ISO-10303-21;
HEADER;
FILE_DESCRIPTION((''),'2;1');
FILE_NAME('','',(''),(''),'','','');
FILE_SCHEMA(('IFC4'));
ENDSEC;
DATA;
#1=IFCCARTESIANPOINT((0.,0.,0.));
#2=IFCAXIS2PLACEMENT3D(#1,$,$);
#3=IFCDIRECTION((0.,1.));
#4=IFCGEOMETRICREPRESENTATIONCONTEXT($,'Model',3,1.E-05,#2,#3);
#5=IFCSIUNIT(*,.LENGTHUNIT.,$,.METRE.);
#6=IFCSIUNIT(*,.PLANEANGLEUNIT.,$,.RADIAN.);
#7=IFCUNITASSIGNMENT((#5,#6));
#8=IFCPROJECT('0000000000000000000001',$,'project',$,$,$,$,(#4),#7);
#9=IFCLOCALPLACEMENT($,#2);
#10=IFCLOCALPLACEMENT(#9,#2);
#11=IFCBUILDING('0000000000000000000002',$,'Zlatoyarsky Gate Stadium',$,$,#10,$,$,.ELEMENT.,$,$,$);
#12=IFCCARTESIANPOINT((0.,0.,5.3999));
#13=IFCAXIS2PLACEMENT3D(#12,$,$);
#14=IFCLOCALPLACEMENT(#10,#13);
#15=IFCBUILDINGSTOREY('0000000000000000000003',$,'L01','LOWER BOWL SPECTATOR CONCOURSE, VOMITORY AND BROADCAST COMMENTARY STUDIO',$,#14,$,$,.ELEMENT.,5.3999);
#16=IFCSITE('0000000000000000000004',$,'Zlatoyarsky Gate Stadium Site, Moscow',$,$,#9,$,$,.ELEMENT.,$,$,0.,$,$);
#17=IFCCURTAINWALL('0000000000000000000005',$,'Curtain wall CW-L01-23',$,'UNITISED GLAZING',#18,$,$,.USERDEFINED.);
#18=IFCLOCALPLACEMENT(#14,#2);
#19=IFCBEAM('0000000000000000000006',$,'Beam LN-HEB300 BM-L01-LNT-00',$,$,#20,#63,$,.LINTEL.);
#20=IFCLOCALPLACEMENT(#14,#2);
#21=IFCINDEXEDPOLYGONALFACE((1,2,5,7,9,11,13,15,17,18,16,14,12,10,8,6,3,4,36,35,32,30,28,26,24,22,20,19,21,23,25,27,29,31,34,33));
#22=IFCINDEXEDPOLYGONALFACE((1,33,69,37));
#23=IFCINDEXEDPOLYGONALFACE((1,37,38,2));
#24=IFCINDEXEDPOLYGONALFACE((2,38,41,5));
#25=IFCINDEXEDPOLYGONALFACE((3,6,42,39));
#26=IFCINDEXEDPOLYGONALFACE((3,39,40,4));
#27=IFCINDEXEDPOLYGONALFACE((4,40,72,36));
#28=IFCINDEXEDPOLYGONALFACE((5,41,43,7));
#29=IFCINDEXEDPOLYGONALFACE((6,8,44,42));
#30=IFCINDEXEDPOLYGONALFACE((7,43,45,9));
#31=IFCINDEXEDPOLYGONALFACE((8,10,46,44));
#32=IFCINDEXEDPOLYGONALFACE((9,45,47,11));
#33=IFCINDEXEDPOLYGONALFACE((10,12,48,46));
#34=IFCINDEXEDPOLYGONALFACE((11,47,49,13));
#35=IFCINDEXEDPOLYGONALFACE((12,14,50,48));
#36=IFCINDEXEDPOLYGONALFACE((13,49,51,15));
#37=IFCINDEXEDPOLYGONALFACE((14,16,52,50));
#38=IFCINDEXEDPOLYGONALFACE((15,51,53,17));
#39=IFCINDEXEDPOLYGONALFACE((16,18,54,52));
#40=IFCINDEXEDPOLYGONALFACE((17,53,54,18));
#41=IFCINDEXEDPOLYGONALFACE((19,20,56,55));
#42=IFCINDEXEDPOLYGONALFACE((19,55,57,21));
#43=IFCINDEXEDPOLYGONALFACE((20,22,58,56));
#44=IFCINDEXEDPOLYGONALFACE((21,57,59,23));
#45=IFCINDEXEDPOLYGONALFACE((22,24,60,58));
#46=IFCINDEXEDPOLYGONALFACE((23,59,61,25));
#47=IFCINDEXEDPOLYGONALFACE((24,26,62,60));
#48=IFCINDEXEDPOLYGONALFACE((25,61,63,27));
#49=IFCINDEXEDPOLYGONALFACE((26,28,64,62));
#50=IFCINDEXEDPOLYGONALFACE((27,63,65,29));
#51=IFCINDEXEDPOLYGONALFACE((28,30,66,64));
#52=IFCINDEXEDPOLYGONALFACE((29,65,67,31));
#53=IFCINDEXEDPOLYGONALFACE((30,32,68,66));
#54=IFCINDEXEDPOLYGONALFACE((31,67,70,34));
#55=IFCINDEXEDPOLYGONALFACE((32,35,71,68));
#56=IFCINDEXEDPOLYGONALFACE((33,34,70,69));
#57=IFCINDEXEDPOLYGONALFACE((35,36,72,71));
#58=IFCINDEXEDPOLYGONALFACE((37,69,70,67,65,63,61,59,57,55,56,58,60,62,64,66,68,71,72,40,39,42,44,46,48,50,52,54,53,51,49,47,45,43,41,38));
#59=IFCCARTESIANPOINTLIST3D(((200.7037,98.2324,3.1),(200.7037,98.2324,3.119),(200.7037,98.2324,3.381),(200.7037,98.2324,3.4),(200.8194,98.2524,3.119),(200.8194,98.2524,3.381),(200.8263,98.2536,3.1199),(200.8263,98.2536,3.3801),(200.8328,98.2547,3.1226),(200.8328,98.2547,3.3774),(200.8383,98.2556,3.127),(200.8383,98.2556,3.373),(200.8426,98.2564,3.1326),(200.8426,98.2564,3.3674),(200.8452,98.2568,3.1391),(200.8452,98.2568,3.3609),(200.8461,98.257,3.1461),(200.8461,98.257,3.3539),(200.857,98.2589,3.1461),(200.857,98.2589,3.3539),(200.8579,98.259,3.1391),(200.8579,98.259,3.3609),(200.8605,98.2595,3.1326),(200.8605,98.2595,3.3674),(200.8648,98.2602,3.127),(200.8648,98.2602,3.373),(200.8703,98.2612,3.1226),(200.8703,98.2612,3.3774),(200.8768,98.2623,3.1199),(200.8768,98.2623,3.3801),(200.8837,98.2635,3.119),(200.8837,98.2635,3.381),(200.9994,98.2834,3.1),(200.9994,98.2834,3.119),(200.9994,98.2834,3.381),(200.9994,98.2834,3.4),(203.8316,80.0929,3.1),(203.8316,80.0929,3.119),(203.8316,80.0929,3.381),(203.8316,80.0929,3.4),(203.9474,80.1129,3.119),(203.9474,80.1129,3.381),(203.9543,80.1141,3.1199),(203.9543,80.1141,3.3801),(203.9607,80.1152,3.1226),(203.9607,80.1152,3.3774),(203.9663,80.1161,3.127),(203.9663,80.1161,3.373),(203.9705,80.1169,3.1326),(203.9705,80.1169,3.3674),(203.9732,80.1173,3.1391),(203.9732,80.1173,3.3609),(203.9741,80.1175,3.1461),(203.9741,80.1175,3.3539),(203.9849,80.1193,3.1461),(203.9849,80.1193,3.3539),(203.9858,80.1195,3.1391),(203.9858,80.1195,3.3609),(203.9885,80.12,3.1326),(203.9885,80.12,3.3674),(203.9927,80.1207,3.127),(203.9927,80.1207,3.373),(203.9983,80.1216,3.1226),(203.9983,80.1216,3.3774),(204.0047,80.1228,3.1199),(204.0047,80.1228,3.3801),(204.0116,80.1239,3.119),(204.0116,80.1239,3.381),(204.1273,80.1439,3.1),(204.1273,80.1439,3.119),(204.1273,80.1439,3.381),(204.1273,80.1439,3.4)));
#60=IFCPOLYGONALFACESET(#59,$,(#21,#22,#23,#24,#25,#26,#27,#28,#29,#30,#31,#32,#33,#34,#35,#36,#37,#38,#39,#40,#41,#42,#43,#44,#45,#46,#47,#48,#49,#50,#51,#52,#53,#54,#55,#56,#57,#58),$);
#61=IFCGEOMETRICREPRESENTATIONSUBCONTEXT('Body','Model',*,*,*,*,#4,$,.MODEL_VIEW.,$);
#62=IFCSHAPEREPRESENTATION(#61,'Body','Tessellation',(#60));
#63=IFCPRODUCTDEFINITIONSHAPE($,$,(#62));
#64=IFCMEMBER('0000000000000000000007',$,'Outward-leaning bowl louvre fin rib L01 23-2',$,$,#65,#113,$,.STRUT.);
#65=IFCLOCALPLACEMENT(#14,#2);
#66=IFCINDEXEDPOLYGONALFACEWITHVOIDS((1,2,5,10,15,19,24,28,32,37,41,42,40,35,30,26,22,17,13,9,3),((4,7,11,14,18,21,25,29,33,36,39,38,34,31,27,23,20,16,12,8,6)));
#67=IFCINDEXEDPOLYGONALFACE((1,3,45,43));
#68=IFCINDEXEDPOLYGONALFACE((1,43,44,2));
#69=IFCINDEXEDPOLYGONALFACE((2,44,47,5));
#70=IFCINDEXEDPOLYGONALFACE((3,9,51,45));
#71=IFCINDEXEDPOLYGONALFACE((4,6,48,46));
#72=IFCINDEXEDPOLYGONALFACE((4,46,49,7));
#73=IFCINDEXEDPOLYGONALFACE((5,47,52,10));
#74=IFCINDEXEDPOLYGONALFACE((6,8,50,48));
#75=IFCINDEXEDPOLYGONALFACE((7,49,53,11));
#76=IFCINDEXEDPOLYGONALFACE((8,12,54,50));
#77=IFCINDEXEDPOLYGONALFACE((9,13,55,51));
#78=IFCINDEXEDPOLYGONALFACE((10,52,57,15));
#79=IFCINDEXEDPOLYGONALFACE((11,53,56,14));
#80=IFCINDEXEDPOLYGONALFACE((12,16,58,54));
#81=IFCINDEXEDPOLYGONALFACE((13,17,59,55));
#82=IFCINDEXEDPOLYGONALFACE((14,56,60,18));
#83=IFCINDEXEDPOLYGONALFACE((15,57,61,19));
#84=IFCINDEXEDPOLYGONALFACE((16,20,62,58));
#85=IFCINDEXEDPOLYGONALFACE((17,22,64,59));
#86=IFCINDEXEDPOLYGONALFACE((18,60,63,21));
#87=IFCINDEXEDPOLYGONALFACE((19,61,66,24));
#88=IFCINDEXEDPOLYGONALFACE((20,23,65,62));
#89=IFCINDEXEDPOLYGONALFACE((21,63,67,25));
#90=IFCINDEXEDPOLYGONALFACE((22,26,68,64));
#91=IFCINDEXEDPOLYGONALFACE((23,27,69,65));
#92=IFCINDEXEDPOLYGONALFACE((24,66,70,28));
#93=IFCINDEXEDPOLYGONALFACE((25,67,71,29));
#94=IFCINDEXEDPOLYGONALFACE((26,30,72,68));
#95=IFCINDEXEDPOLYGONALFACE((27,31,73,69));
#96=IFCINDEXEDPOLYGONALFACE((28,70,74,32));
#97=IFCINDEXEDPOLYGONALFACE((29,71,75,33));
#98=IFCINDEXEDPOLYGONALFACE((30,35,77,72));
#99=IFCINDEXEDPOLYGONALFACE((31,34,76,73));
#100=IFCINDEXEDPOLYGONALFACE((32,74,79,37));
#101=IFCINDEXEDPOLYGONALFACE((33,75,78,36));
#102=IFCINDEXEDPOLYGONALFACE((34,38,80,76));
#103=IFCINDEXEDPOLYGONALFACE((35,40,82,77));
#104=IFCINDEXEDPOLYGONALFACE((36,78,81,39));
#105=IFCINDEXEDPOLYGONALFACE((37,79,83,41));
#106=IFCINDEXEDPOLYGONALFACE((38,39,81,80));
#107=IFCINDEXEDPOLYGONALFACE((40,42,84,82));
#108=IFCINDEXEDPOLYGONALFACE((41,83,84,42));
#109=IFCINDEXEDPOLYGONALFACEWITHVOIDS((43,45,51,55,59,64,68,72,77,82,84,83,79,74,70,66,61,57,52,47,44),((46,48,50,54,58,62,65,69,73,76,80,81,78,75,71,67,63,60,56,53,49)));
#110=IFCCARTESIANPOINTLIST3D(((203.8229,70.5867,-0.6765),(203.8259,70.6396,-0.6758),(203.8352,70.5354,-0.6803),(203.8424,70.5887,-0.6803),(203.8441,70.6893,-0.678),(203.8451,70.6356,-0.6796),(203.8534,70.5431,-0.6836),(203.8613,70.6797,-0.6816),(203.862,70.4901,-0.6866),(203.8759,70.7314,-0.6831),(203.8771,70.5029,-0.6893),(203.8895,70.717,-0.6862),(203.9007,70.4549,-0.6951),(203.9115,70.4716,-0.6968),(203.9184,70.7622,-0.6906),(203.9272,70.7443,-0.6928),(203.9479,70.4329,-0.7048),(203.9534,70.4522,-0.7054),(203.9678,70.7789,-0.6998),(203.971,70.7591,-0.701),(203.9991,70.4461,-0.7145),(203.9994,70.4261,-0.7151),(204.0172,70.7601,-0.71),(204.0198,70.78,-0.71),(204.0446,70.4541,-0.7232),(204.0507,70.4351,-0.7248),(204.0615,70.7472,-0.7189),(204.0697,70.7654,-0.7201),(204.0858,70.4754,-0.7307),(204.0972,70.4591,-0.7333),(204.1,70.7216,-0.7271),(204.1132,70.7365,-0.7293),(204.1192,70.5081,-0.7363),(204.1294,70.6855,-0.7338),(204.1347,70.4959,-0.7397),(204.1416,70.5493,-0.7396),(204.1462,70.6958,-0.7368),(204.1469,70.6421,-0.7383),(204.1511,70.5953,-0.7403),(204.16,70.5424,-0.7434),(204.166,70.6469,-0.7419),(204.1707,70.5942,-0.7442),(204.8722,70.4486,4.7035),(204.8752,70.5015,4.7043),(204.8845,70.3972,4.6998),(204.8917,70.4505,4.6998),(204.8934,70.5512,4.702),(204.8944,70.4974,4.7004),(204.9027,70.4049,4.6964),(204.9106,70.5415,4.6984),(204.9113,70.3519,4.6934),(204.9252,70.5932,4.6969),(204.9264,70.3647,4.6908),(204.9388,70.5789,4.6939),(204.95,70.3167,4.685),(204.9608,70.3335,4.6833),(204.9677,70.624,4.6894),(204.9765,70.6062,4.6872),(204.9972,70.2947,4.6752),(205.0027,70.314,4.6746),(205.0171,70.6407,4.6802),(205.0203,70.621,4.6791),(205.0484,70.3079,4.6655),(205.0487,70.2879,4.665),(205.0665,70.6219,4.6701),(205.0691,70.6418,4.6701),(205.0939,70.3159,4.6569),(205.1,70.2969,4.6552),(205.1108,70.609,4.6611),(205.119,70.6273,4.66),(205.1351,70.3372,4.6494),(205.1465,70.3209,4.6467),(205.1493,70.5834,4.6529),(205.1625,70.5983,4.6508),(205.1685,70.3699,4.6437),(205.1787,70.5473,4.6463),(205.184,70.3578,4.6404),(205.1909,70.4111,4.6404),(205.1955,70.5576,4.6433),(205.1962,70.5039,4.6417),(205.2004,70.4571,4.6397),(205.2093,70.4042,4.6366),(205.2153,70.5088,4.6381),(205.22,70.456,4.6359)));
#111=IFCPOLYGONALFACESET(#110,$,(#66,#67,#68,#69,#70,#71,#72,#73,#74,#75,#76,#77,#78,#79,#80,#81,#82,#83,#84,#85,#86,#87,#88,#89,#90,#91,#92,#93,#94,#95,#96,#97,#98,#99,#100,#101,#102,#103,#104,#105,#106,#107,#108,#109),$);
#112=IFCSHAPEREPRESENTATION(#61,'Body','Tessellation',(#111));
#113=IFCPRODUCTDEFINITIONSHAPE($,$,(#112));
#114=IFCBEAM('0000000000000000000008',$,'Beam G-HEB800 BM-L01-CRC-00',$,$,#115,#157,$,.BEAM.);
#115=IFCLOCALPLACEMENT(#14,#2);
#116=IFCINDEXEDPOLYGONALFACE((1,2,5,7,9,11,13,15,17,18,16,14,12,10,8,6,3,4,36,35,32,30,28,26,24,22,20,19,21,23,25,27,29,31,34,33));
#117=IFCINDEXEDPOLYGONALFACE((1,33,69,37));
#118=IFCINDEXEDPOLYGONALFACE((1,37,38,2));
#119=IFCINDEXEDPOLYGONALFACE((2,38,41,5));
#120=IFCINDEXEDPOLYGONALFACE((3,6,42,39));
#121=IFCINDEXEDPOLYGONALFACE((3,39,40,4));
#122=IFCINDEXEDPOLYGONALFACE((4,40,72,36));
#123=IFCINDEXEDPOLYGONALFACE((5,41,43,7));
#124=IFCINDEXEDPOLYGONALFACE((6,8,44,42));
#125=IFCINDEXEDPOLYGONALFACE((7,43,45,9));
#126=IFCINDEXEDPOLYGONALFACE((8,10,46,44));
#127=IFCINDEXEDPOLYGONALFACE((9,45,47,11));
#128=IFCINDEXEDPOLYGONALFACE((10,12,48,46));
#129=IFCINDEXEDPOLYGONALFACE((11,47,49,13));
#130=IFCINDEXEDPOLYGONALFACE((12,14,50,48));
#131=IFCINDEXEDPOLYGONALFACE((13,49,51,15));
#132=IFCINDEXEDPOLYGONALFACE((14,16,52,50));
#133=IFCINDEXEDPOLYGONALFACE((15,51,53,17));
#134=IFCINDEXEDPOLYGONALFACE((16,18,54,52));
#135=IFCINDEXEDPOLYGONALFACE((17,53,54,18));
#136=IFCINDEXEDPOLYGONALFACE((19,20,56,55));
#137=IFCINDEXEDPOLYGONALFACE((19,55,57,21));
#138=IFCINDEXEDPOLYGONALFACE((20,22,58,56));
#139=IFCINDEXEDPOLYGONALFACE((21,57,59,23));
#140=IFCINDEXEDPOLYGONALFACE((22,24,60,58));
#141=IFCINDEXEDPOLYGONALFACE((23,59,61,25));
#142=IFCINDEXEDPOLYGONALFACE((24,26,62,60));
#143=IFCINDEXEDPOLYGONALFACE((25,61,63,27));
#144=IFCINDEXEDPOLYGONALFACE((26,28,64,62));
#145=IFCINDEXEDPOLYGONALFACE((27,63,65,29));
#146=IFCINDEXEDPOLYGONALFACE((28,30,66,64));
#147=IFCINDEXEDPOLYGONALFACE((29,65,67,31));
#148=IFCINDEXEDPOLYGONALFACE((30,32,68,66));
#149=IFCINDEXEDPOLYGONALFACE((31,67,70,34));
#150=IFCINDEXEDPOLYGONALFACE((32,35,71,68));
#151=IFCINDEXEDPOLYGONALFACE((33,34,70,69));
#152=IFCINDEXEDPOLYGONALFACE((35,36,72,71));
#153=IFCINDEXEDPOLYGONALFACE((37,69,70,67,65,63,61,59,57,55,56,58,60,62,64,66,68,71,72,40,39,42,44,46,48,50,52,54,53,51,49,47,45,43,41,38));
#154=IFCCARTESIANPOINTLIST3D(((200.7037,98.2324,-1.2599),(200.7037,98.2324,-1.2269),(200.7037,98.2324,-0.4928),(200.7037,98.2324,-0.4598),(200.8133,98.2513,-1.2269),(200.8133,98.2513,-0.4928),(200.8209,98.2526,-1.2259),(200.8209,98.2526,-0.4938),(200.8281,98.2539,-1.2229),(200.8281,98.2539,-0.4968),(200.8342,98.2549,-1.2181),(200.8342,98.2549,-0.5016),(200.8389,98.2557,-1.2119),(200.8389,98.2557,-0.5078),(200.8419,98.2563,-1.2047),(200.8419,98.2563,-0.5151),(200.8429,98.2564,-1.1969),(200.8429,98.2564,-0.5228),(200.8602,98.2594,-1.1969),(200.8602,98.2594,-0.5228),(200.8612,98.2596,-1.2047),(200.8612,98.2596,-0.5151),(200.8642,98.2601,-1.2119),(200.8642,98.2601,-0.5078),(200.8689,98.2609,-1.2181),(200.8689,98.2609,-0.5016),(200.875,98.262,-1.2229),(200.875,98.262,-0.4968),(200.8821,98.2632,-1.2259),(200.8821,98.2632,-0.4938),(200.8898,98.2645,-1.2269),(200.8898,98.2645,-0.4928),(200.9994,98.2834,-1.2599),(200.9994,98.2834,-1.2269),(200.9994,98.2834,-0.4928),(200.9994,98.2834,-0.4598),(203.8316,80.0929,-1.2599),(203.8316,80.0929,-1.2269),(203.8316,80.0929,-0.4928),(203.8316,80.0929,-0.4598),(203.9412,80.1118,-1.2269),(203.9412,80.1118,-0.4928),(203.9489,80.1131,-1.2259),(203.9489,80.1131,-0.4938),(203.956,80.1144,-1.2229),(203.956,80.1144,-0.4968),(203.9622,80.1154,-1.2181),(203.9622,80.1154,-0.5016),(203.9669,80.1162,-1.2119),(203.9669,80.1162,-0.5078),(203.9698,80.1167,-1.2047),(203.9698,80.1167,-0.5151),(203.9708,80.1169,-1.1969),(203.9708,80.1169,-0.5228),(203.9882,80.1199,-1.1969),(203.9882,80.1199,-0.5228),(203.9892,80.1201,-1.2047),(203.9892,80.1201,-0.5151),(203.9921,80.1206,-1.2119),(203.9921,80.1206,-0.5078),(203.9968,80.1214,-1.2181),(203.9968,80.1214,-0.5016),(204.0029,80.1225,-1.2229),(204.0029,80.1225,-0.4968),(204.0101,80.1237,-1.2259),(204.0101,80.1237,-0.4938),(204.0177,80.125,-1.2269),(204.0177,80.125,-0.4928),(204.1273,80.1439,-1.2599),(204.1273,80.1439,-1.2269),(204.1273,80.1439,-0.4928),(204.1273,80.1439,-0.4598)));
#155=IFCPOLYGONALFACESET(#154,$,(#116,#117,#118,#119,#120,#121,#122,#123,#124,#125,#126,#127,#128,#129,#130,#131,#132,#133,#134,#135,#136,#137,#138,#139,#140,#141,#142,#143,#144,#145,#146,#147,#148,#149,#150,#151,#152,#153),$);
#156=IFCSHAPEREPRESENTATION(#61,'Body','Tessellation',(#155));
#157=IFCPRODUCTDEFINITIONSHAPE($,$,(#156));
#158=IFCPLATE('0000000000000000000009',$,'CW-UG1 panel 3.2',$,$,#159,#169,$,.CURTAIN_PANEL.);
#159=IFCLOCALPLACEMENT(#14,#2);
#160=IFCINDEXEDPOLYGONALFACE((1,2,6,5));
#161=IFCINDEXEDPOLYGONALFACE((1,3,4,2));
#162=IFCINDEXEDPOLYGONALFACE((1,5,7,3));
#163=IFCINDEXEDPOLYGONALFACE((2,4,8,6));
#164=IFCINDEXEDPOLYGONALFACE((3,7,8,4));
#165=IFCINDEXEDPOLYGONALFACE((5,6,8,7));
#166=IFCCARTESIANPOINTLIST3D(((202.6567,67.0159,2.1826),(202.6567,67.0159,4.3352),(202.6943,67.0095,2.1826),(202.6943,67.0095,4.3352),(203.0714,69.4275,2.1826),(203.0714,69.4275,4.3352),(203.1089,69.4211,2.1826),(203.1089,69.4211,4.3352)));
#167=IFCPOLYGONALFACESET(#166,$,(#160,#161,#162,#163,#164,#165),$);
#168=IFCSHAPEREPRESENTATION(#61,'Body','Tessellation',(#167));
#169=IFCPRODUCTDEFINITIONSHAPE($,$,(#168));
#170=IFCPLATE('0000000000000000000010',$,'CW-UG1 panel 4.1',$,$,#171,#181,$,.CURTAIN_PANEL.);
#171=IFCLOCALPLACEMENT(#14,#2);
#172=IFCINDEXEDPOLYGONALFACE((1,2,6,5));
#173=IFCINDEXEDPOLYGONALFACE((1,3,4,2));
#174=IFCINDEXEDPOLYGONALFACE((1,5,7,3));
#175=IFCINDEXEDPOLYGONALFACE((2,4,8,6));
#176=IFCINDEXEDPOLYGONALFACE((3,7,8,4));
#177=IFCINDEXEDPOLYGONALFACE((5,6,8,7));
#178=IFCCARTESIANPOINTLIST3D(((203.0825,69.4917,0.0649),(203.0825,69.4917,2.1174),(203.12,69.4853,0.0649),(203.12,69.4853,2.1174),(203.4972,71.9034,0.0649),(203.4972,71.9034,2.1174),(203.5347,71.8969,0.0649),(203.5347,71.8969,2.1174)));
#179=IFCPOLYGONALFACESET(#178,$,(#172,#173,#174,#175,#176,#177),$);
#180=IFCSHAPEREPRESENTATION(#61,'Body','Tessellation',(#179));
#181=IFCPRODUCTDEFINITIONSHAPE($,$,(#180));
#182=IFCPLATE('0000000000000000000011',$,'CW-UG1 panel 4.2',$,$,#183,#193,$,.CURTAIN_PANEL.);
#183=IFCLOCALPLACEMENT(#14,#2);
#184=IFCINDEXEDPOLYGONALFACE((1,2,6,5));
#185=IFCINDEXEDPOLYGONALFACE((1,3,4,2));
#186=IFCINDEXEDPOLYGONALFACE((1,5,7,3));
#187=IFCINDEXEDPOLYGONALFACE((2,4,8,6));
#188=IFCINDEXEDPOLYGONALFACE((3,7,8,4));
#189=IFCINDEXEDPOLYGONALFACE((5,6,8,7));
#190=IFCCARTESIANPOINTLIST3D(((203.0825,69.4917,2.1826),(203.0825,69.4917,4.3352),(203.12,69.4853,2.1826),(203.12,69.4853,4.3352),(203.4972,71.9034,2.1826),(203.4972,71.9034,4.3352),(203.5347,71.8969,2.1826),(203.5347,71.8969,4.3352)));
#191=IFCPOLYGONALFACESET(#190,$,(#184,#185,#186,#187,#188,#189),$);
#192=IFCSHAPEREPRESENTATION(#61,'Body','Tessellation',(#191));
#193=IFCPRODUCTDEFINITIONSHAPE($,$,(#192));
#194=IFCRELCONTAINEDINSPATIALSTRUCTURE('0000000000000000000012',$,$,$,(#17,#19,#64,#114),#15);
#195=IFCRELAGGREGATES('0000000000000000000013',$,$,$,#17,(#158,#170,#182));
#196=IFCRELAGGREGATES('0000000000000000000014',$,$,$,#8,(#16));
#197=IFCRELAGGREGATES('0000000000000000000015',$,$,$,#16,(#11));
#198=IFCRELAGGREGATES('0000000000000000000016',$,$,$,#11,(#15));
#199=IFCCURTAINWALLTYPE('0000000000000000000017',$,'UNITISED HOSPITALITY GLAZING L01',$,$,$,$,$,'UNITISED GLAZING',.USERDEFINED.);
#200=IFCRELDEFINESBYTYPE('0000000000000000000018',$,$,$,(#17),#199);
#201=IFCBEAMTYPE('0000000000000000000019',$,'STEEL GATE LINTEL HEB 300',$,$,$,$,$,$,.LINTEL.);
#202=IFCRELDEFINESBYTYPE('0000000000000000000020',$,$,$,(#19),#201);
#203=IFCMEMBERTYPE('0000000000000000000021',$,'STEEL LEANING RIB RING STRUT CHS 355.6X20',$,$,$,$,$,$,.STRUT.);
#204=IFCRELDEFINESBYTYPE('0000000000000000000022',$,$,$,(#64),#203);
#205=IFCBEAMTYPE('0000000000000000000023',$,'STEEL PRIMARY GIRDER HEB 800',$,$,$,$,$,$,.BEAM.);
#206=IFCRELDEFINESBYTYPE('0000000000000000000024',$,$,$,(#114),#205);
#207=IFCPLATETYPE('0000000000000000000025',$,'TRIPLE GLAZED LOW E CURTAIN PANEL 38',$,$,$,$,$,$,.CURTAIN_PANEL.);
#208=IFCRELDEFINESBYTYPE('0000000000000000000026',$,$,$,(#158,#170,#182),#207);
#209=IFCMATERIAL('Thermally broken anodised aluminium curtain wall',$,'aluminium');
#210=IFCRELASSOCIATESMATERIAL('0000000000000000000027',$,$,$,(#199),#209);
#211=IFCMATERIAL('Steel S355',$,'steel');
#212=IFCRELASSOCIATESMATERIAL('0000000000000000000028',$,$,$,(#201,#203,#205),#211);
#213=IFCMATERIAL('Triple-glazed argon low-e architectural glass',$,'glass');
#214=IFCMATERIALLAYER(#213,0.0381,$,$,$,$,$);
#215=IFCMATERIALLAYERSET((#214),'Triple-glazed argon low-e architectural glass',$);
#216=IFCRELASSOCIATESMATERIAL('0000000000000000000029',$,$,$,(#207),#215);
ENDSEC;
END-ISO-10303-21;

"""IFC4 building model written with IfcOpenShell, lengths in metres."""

from ifc_helpers import new_model, si_unit, direction, frame, origin, origin_2d, place, context, subcontext, project, spatial, rectangle, hollow_circle, i_section, extrude, material, layer, layer_set, material_profile, profile_set, type_object, element, aggregate, save


model = new_model("IFC4")

# Units and contexts
model_context = context("Model", 3, precision=1e-05, world=origin(), true_north=direction((0.0, 1.0)))
body_context = subcontext(model_context, "Body", "Model", "MODEL_VIEW")
ifc_project = project(units=[si_unit("LENGTHUNIT", "METRE"), si_unit("PLANEANGLEUNIT", "RADIAN")], contexts=[model_context])

# Site, building, storey
site_placement = place(None, origin())
site = spatial("IfcSite", under=ifc_project, at=site_placement, Name="Zlatoyarsky Gate Stadium Site, Moscow", CompositionType="ELEMENT", RefElevation=0.0)
building_placement = place(site_placement, origin())
building = spatial("IfcBuilding", under=site, at=building_placement, Name="Zlatoyarsky Gate Stadium", CompositionType="ELEMENT")
storey_placement = place(building_placement, frame((0.0, 0.0, 5.3999)))
storey = spatial("IfcBuildingStorey", under=building, at=storey_placement, Name="L01", Description="LOWER BOWL SPECTATOR CONCOURSE, VOMITORY AND BROADCAST COMMENTARY STUDIO", CompositionType="ELEMENT", Elevation=5.3999)

# Curtain wall
ifc_material_1 = material(Name="Thermally broken anodised aluminium curtain wall", Category="aluminium")
curtain_wall_type = type_object("IfcCurtainWallType", Name="UNITISED HOSPITALITY GLAZING L01", ElementType="UNITISED GLAZING", PredefinedType="USERDEFINED", material=ifc_material_1)
curtain_wall_placement = place(storey_placement, origin())
curtain_wall = element("IfcCurtainWall", 1, at=curtain_wall_placement, inside=storey, type_object=curtain_wall_type, Name="Curtain wall CW-L01-23", ObjectType="UNITISED GLAZING", PredefinedType="USERDEFINED")

# Beam
ifc_material_2 = material(Name="Steel S355", Category="steel")
ifc_material_profile_1 = material_profile(ifc_material_2, i_section(OverallWidth=0.3, OverallDepth=0.3, WebThickness=0.011, FlangeThickness=0.019, FilletRadius=0.0271, at=origin_2d()), Name="HEB 300")
ifc_profile_set_1 = profile_set([ifc_material_profile_1], Name="Steel S355")
beam_type_1 = type_object("IfcBeamType", Name="STEEL GATE LINTEL HEB 300", PredefinedType="LINTEL", material=ifc_profile_set_1)
beam_1_placement = place(storey_placement, frame((203.9795, 80.1184, 3.25), z_axis=(-0.16993, 0.985456, 0.0), x_axis=(-0.985456, -0.16993, 0.0)))
element("IfcBeam", 2, at=beam_1_placement, inside=storey, type_object=beam_type_1, Name="Beam LN-HEB300 BM-L01-LNT-00", PredefinedType="LINTEL", context=body_context, shape_type="SweptSolid", body=[
    extrude(i_section(OverallWidth=0.3, OverallDepth=0.3, WebThickness=0.011, FlangeThickness=0.019, FilletRadius=0.0271, at=origin_2d()), origin(), (0.0, 0.0, 1.0), 18.4072),
])

# Member
ifc_material_profile_2 = material_profile(ifc_material_2, hollow_circle(Radius=0.1777, WallThickness=0.02, at=origin_2d()), Name="CHS 355.6X20")
ifc_profile_set_2 = profile_set([ifc_material_profile_2], Name="Steel S355")
member_type_1 = type_object("IfcMemberType", Name="STEEL LEANING RIB RING STRUT CHS 355.6X20", PredefinedType="STRUT", material=ifc_profile_set_2)
member_1_placement = place(storey_placement, frame((203.9966, 70.6038, -0.71), z_axis=(0.191368, -0.025201, 0.981195), x_axis=(0.130562, 0.99144, 0.0)))
element("IfcMember", 3, at=member_1_placement, inside=storey, type_object=member_type_1, Name="Outward-leaning bowl louvre fin rib L01 23-2", PredefinedType="STRUT", context=body_context, shape_type="SweptSolid", body=[
    extrude(hollow_circle(Radius=0.1777, WallThickness=0.02, at=origin_2d()), origin(), (0.0, 0.0, 1.0), 5.4832),
])

# Beam
ifc_material_profile_3 = material_profile(ifc_material_2, i_section(OverallWidth=0.3, OverallDepth=0.8, WebThickness=0.0176, FlangeThickness=0.033, FilletRadius=0.03, at=origin_2d()), Name="HEB 800")
ifc_profile_set_3 = profile_set([ifc_material_profile_3], Name="Steel S355")
beam_type_2 = type_object("IfcBeamType", Name="STEEL PRIMARY GIRDER HEB 800", PredefinedType="BEAM", material=ifc_profile_set_3)
beam_2_placement = place(storey_placement, frame((203.9795, 80.1184, -0.8599), z_axis=(-0.16993, 0.985456, 0.0), x_axis=(-0.985456, -0.16993, 0.0)))
element("IfcBeam", 4, at=beam_2_placement, inside=storey, type_object=beam_type_2, Name="Beam G-HEB800 BM-L01-CRC-00", PredefinedType="BEAM", context=body_context, shape_type="SweptSolid", body=[
    extrude(i_section(OverallWidth=0.3, OverallDepth=0.8, WebThickness=0.0176, FlangeThickness=0.033, FilletRadius=0.03, at=origin_2d()), origin(), (0.0, 0.0, 1.0), 18.4072),
])

# Plates
ifc_material_3 = material(Name="Triple-glazed argon low-e architectural glass", Category="glass")
ifc_layer = layer(ifc_material_3, 0.0381)
ifc_layer_set = layer_set([ifc_layer], Name="Triple-glazed argon low-e architectural glass")
plate_type = type_object("IfcPlateType", Name="TRIPLE GLAZED LOW E CURTAIN PANEL 38", PredefinedType="CURTAIN_PANEL", material=ifc_layer_set)
plate_1_placement = place(storey_placement, frame((202.8828, 68.2185, 2.1826), z_axis=(0.0, 0.0, 1.0), x_axis=(0.169451, 0.985539, 0.0)))
plate_1 = element("IfcPlate", 5, at=plate_1_placement, type_object=plate_type, Name="CW-UG1 panel 3.2", PredefinedType="CURTAIN_PANEL", context=body_context, shape_type="SweptSolid", body=[
    extrude(rectangle(XDim=2.447, YDim=0.0381, at=origin_2d()), origin(), (0.0, 0.0, 1.0), 2.1526),
])
plate_2_placement = place(storey_placement, frame((203.3086, 70.6943, 0.0649), z_axis=(0.0, 0.0, 1.0), x_axis=(0.169451, 0.985539, 0.0)))
plate_2 = element("IfcPlate", 6, at=plate_2_placement, type_object=plate_type, Name="CW-UG1 panel 4.1", PredefinedType="CURTAIN_PANEL", context=body_context, shape_type="SweptSolid", body=[
    extrude(rectangle(XDim=2.447, YDim=0.0381, at=origin_2d()), origin(), (0.0, 0.0, 1.0), 2.0525),
])
plate_3_placement = place(storey_placement, frame((203.3086, 70.6943, 2.1826), z_axis=(0.0, 0.0, 1.0), x_axis=(0.169451, 0.985539, 0.0)))
plate_3 = element("IfcPlate", 7, at=plate_3_placement, type_object=plate_type, Name="CW-UG1 panel 4.2", PredefinedType="CURTAIN_PANEL", context=body_context, shape_type="SweptSolid", body=[
    extrude(rectangle(XDim=2.447, YDim=0.0381, at=origin_2d()), origin(), (0.0, 0.0, 1.0), 2.1526),
])
aggregate(curtain_wall, [plate_1, plate_2, plate_3])

save(model, "model.ifc")
